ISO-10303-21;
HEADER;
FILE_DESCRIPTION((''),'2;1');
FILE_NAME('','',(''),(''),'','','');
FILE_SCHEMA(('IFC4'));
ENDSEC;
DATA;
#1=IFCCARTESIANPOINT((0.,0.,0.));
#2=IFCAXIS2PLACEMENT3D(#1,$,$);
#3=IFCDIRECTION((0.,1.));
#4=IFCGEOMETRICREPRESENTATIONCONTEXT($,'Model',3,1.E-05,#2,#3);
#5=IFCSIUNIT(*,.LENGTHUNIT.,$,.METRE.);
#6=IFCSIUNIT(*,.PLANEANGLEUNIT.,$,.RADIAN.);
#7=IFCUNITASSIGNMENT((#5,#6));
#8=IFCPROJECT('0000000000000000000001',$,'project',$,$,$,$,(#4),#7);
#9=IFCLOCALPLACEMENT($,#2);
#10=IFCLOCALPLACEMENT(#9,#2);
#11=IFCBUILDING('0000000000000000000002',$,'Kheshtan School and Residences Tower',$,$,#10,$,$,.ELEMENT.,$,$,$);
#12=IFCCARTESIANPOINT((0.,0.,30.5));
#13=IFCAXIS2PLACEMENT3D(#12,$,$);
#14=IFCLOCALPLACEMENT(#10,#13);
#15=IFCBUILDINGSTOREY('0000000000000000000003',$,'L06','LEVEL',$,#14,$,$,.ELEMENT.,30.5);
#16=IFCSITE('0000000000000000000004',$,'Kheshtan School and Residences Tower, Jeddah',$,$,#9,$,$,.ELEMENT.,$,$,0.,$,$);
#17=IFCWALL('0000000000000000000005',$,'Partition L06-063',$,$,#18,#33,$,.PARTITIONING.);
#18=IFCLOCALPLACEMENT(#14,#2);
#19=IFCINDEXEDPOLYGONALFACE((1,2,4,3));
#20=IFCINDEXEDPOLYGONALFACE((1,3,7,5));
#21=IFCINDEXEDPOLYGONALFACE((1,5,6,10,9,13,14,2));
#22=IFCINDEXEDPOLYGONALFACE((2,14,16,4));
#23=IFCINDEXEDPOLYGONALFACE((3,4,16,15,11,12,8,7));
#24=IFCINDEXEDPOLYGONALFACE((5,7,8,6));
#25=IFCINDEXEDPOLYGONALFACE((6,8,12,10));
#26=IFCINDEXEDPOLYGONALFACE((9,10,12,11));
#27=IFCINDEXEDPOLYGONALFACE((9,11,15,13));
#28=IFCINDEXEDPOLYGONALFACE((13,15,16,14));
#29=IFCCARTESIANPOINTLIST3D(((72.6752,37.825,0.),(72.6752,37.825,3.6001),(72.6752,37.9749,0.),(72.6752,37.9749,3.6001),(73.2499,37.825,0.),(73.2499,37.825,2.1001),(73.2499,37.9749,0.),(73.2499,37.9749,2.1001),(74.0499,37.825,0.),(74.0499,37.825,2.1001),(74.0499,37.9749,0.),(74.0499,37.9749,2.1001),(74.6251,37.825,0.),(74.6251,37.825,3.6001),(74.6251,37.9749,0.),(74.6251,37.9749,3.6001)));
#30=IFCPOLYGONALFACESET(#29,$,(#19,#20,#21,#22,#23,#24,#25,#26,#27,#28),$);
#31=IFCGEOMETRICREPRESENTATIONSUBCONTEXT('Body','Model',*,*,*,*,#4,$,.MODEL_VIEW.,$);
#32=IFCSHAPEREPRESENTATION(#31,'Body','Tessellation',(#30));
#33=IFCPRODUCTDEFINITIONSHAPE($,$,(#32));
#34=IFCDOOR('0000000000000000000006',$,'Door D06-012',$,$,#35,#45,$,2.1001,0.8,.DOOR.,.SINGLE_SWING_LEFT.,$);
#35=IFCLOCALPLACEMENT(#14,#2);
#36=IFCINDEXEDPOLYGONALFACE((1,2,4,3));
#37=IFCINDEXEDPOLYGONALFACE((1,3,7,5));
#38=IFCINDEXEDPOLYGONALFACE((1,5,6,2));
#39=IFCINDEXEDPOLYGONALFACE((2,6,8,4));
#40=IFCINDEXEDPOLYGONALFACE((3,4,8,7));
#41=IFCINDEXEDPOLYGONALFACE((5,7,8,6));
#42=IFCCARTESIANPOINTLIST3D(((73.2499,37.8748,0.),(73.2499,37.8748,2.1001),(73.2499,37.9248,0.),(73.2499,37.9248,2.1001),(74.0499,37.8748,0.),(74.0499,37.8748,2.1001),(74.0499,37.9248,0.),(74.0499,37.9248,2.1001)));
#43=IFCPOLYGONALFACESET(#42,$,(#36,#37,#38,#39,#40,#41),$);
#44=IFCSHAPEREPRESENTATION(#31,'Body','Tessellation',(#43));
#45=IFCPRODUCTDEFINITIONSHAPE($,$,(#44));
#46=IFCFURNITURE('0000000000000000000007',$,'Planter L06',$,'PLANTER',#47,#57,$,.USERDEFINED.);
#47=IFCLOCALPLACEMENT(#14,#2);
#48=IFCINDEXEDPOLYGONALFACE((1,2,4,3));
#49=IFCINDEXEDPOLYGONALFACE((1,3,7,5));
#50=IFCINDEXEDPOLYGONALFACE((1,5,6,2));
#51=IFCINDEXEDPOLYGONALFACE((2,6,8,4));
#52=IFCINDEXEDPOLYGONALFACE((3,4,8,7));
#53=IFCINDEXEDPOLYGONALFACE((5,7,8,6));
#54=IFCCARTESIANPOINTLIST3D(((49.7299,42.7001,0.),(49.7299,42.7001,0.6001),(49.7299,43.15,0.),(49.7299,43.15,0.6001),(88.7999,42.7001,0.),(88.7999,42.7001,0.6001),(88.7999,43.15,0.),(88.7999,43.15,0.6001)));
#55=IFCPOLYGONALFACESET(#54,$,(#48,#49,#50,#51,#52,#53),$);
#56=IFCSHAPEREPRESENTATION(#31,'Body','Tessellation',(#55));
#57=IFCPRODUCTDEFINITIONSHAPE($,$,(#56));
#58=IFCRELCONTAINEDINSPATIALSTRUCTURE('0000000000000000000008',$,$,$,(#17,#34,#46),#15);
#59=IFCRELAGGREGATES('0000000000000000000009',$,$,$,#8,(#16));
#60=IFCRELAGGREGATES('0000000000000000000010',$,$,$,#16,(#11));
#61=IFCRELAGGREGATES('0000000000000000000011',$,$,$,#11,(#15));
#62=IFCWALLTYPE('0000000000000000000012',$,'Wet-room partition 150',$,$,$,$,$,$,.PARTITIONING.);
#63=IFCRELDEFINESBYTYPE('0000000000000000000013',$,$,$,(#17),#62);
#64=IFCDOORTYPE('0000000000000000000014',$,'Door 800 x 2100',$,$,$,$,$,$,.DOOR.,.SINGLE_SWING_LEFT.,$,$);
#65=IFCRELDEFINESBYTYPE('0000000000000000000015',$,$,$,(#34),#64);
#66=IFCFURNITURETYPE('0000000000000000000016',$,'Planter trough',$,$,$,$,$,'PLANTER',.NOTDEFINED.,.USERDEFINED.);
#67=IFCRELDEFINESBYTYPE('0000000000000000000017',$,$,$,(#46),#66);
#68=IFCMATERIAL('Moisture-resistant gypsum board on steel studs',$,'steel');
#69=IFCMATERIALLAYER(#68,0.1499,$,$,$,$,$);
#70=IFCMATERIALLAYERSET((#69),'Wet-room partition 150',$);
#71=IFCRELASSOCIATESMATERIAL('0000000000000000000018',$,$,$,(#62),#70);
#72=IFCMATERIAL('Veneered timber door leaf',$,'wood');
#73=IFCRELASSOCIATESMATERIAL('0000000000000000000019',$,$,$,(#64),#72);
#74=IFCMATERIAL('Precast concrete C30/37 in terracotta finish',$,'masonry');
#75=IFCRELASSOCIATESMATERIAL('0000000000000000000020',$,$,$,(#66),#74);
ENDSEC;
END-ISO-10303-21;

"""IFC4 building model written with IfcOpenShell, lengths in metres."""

from ifc_helpers import new_model, si_unit, direction, frame, frame_2d, origin, origin_2d, place, context, subcontext, project, spatial, rectangle, extrude, source, transform, mapped, material, layer, layer_set, type_object, element, fill, save


model = new_model("IFC4")

# Units and contexts
model_context = context("Model", 3, precision=1e-05, world=origin(), true_north=direction((0.0, 1.0)))
body_context = subcontext(model_context, "Body", "Model", "MODEL_VIEW")
ifc_project = project(units=[si_unit("LENGTHUNIT", "METRE"), si_unit("PLANEANGLEUNIT", "RADIAN")], contexts=[model_context])

# Site, building, storey
site_placement = place(None, origin())
site = spatial("IfcSite", under=ifc_project, at=site_placement, Name="Kheshtan School and Residences Tower, Jeddah", CompositionType="ELEMENT", RefElevation=0.0)
building_placement = place(site_placement, origin())
building = spatial("IfcBuilding", under=site, at=building_placement, Name="Kheshtan School and Residences Tower", CompositionType="ELEMENT")
storey_placement = place(building_placement, frame((0.0, 0.0, 30.5)))
storey = spatial("IfcBuildingStorey", under=building, at=storey_placement, Name="L06", Description="LEVEL", CompositionType="ELEMENT", Elevation=30.5)

# Wall, opening, door
ifc_material_1 = material(Name="Moisture-resistant gypsum board on steel studs", Category="steel")
ifc_layer_1 = layer(ifc_material_1, 0.1499)
ifc_layer_set_1 = layer_set([ifc_layer_1], Name="Wet-room partition 150")
wall_type_1 = type_object("IfcWallType", Name="Wet-room partition 150", PredefinedType="PARTITIONING", material=ifc_layer_set_1)
wall_1_placement = place(storey_placement, frame((72.675, 37.8999, 0.0), z_axis=(0.0, 0.0, 1.0), x_axis=(1.0, 0.0, 0.0)))
wall_1 = element("IfcWall", 1, at=wall_1_placement, inside=storey, type_object=wall_type_1, Name="Partition L06-063", PredefinedType="PARTITIONING", context=body_context, shape_type="SweptSolid", body=[
    extrude(rectangle(XDim=1.95, YDim=0.1499, at=frame_2d((0.9751, 0.0))), origin(), (0.0, 0.0, 1.0), 3.6001),
])
opening_1_placement = place(wall_1_placement, frame((0.575, 0.0, 0.0)))
opening_1 = element("IfcOpeningElement", 2, at=opening_1_placement, cuts=wall_1, PredefinedType="OPENING", context=body_context, shape_type="SweptSolid", body=[
    extrude(rectangle(XDim=0.8, YDim=2.1001, at=frame_2d((0.3999, 1.05))), frame((0.0, 0.085, 0.0), z_axis=(0.0, -1.0, 0.0), x_axis=(1.0, 0.0, 0.0)), (0.0, 0.0, 1.0), 0.1699),
])
ifc_material_2 = material(Name="Veneered timber door leaf", Category="wood")
door_type_1 = type_object("IfcDoorType", Name="Door 800 x 2100", OperationType="SINGLE_SWING_LEFT", PredefinedType="DOOR", material=ifc_material_2)
shared_shape_1 = source(origin(), body_context, "Body", "SweptSolid", [
    extrude(rectangle(XDim=0.8, YDim=2.1001, at=frame_2d((0.3999, 1.05))), frame((0.0, 0.0249, 0.0), z_axis=(0.0, -1.0, 0.0), x_axis=(1.0, 0.0, 0.0)), (0.0, 0.0, 1.0), 0.05),
])
door_1_placement = place(opening_1_placement, origin())
door_1 = element("IfcDoor", 3, at=door_1_placement, inside=storey, type_object=door_type_1, Name="Door D06-012", OperationType="SINGLE_SWING_LEFT", OverallHeight=2.1001, OverallWidth=0.8, PredefinedType="DOOR", context=body_context, shape_type="MappedRepresentation", body=[
    mapped(shared_shape_1, transform((0.0, 0.0, 0.0), x_axis=(1.0, 0.0, 0.0), y_axis=(0.0, 1.0, 0.0), z_axis=(0.0, 0.0, 1.0), scale=1.0)),
])
fill(opening_1, door_1)

# Furniture
ifc_material_3 = material(Name="Precast concrete C30/37 in terracotta finish", Category="masonry")
furniture_type = type_object("IfcFurnitureType", Name="Planter trough", ElementType="PLANTER", AssemblyPlace="NOTDEFINED", PredefinedType="USERDEFINED", material=ifc_material_3)
furniture_placement = place(storey_placement, frame((69.2649, 42.925, 0.0), z_axis=(0.0, 0.0, 1.0), x_axis=(1.0, 0.0, 0.0)))
element("IfcFurniture", 4, at=furniture_placement, inside=storey, type_object=furniture_type, Name="Planter L06", ObjectType="PLANTER", PredefinedType="USERDEFINED", context=body_context, shape_type="SweptSolid", body=[
    extrude(rectangle(XDim=39.0701, YDim=0.45, at=origin_2d()), origin(), (0.0, 0.0, 1.0), 0.6001),
])

save(model, "model.ifc")
